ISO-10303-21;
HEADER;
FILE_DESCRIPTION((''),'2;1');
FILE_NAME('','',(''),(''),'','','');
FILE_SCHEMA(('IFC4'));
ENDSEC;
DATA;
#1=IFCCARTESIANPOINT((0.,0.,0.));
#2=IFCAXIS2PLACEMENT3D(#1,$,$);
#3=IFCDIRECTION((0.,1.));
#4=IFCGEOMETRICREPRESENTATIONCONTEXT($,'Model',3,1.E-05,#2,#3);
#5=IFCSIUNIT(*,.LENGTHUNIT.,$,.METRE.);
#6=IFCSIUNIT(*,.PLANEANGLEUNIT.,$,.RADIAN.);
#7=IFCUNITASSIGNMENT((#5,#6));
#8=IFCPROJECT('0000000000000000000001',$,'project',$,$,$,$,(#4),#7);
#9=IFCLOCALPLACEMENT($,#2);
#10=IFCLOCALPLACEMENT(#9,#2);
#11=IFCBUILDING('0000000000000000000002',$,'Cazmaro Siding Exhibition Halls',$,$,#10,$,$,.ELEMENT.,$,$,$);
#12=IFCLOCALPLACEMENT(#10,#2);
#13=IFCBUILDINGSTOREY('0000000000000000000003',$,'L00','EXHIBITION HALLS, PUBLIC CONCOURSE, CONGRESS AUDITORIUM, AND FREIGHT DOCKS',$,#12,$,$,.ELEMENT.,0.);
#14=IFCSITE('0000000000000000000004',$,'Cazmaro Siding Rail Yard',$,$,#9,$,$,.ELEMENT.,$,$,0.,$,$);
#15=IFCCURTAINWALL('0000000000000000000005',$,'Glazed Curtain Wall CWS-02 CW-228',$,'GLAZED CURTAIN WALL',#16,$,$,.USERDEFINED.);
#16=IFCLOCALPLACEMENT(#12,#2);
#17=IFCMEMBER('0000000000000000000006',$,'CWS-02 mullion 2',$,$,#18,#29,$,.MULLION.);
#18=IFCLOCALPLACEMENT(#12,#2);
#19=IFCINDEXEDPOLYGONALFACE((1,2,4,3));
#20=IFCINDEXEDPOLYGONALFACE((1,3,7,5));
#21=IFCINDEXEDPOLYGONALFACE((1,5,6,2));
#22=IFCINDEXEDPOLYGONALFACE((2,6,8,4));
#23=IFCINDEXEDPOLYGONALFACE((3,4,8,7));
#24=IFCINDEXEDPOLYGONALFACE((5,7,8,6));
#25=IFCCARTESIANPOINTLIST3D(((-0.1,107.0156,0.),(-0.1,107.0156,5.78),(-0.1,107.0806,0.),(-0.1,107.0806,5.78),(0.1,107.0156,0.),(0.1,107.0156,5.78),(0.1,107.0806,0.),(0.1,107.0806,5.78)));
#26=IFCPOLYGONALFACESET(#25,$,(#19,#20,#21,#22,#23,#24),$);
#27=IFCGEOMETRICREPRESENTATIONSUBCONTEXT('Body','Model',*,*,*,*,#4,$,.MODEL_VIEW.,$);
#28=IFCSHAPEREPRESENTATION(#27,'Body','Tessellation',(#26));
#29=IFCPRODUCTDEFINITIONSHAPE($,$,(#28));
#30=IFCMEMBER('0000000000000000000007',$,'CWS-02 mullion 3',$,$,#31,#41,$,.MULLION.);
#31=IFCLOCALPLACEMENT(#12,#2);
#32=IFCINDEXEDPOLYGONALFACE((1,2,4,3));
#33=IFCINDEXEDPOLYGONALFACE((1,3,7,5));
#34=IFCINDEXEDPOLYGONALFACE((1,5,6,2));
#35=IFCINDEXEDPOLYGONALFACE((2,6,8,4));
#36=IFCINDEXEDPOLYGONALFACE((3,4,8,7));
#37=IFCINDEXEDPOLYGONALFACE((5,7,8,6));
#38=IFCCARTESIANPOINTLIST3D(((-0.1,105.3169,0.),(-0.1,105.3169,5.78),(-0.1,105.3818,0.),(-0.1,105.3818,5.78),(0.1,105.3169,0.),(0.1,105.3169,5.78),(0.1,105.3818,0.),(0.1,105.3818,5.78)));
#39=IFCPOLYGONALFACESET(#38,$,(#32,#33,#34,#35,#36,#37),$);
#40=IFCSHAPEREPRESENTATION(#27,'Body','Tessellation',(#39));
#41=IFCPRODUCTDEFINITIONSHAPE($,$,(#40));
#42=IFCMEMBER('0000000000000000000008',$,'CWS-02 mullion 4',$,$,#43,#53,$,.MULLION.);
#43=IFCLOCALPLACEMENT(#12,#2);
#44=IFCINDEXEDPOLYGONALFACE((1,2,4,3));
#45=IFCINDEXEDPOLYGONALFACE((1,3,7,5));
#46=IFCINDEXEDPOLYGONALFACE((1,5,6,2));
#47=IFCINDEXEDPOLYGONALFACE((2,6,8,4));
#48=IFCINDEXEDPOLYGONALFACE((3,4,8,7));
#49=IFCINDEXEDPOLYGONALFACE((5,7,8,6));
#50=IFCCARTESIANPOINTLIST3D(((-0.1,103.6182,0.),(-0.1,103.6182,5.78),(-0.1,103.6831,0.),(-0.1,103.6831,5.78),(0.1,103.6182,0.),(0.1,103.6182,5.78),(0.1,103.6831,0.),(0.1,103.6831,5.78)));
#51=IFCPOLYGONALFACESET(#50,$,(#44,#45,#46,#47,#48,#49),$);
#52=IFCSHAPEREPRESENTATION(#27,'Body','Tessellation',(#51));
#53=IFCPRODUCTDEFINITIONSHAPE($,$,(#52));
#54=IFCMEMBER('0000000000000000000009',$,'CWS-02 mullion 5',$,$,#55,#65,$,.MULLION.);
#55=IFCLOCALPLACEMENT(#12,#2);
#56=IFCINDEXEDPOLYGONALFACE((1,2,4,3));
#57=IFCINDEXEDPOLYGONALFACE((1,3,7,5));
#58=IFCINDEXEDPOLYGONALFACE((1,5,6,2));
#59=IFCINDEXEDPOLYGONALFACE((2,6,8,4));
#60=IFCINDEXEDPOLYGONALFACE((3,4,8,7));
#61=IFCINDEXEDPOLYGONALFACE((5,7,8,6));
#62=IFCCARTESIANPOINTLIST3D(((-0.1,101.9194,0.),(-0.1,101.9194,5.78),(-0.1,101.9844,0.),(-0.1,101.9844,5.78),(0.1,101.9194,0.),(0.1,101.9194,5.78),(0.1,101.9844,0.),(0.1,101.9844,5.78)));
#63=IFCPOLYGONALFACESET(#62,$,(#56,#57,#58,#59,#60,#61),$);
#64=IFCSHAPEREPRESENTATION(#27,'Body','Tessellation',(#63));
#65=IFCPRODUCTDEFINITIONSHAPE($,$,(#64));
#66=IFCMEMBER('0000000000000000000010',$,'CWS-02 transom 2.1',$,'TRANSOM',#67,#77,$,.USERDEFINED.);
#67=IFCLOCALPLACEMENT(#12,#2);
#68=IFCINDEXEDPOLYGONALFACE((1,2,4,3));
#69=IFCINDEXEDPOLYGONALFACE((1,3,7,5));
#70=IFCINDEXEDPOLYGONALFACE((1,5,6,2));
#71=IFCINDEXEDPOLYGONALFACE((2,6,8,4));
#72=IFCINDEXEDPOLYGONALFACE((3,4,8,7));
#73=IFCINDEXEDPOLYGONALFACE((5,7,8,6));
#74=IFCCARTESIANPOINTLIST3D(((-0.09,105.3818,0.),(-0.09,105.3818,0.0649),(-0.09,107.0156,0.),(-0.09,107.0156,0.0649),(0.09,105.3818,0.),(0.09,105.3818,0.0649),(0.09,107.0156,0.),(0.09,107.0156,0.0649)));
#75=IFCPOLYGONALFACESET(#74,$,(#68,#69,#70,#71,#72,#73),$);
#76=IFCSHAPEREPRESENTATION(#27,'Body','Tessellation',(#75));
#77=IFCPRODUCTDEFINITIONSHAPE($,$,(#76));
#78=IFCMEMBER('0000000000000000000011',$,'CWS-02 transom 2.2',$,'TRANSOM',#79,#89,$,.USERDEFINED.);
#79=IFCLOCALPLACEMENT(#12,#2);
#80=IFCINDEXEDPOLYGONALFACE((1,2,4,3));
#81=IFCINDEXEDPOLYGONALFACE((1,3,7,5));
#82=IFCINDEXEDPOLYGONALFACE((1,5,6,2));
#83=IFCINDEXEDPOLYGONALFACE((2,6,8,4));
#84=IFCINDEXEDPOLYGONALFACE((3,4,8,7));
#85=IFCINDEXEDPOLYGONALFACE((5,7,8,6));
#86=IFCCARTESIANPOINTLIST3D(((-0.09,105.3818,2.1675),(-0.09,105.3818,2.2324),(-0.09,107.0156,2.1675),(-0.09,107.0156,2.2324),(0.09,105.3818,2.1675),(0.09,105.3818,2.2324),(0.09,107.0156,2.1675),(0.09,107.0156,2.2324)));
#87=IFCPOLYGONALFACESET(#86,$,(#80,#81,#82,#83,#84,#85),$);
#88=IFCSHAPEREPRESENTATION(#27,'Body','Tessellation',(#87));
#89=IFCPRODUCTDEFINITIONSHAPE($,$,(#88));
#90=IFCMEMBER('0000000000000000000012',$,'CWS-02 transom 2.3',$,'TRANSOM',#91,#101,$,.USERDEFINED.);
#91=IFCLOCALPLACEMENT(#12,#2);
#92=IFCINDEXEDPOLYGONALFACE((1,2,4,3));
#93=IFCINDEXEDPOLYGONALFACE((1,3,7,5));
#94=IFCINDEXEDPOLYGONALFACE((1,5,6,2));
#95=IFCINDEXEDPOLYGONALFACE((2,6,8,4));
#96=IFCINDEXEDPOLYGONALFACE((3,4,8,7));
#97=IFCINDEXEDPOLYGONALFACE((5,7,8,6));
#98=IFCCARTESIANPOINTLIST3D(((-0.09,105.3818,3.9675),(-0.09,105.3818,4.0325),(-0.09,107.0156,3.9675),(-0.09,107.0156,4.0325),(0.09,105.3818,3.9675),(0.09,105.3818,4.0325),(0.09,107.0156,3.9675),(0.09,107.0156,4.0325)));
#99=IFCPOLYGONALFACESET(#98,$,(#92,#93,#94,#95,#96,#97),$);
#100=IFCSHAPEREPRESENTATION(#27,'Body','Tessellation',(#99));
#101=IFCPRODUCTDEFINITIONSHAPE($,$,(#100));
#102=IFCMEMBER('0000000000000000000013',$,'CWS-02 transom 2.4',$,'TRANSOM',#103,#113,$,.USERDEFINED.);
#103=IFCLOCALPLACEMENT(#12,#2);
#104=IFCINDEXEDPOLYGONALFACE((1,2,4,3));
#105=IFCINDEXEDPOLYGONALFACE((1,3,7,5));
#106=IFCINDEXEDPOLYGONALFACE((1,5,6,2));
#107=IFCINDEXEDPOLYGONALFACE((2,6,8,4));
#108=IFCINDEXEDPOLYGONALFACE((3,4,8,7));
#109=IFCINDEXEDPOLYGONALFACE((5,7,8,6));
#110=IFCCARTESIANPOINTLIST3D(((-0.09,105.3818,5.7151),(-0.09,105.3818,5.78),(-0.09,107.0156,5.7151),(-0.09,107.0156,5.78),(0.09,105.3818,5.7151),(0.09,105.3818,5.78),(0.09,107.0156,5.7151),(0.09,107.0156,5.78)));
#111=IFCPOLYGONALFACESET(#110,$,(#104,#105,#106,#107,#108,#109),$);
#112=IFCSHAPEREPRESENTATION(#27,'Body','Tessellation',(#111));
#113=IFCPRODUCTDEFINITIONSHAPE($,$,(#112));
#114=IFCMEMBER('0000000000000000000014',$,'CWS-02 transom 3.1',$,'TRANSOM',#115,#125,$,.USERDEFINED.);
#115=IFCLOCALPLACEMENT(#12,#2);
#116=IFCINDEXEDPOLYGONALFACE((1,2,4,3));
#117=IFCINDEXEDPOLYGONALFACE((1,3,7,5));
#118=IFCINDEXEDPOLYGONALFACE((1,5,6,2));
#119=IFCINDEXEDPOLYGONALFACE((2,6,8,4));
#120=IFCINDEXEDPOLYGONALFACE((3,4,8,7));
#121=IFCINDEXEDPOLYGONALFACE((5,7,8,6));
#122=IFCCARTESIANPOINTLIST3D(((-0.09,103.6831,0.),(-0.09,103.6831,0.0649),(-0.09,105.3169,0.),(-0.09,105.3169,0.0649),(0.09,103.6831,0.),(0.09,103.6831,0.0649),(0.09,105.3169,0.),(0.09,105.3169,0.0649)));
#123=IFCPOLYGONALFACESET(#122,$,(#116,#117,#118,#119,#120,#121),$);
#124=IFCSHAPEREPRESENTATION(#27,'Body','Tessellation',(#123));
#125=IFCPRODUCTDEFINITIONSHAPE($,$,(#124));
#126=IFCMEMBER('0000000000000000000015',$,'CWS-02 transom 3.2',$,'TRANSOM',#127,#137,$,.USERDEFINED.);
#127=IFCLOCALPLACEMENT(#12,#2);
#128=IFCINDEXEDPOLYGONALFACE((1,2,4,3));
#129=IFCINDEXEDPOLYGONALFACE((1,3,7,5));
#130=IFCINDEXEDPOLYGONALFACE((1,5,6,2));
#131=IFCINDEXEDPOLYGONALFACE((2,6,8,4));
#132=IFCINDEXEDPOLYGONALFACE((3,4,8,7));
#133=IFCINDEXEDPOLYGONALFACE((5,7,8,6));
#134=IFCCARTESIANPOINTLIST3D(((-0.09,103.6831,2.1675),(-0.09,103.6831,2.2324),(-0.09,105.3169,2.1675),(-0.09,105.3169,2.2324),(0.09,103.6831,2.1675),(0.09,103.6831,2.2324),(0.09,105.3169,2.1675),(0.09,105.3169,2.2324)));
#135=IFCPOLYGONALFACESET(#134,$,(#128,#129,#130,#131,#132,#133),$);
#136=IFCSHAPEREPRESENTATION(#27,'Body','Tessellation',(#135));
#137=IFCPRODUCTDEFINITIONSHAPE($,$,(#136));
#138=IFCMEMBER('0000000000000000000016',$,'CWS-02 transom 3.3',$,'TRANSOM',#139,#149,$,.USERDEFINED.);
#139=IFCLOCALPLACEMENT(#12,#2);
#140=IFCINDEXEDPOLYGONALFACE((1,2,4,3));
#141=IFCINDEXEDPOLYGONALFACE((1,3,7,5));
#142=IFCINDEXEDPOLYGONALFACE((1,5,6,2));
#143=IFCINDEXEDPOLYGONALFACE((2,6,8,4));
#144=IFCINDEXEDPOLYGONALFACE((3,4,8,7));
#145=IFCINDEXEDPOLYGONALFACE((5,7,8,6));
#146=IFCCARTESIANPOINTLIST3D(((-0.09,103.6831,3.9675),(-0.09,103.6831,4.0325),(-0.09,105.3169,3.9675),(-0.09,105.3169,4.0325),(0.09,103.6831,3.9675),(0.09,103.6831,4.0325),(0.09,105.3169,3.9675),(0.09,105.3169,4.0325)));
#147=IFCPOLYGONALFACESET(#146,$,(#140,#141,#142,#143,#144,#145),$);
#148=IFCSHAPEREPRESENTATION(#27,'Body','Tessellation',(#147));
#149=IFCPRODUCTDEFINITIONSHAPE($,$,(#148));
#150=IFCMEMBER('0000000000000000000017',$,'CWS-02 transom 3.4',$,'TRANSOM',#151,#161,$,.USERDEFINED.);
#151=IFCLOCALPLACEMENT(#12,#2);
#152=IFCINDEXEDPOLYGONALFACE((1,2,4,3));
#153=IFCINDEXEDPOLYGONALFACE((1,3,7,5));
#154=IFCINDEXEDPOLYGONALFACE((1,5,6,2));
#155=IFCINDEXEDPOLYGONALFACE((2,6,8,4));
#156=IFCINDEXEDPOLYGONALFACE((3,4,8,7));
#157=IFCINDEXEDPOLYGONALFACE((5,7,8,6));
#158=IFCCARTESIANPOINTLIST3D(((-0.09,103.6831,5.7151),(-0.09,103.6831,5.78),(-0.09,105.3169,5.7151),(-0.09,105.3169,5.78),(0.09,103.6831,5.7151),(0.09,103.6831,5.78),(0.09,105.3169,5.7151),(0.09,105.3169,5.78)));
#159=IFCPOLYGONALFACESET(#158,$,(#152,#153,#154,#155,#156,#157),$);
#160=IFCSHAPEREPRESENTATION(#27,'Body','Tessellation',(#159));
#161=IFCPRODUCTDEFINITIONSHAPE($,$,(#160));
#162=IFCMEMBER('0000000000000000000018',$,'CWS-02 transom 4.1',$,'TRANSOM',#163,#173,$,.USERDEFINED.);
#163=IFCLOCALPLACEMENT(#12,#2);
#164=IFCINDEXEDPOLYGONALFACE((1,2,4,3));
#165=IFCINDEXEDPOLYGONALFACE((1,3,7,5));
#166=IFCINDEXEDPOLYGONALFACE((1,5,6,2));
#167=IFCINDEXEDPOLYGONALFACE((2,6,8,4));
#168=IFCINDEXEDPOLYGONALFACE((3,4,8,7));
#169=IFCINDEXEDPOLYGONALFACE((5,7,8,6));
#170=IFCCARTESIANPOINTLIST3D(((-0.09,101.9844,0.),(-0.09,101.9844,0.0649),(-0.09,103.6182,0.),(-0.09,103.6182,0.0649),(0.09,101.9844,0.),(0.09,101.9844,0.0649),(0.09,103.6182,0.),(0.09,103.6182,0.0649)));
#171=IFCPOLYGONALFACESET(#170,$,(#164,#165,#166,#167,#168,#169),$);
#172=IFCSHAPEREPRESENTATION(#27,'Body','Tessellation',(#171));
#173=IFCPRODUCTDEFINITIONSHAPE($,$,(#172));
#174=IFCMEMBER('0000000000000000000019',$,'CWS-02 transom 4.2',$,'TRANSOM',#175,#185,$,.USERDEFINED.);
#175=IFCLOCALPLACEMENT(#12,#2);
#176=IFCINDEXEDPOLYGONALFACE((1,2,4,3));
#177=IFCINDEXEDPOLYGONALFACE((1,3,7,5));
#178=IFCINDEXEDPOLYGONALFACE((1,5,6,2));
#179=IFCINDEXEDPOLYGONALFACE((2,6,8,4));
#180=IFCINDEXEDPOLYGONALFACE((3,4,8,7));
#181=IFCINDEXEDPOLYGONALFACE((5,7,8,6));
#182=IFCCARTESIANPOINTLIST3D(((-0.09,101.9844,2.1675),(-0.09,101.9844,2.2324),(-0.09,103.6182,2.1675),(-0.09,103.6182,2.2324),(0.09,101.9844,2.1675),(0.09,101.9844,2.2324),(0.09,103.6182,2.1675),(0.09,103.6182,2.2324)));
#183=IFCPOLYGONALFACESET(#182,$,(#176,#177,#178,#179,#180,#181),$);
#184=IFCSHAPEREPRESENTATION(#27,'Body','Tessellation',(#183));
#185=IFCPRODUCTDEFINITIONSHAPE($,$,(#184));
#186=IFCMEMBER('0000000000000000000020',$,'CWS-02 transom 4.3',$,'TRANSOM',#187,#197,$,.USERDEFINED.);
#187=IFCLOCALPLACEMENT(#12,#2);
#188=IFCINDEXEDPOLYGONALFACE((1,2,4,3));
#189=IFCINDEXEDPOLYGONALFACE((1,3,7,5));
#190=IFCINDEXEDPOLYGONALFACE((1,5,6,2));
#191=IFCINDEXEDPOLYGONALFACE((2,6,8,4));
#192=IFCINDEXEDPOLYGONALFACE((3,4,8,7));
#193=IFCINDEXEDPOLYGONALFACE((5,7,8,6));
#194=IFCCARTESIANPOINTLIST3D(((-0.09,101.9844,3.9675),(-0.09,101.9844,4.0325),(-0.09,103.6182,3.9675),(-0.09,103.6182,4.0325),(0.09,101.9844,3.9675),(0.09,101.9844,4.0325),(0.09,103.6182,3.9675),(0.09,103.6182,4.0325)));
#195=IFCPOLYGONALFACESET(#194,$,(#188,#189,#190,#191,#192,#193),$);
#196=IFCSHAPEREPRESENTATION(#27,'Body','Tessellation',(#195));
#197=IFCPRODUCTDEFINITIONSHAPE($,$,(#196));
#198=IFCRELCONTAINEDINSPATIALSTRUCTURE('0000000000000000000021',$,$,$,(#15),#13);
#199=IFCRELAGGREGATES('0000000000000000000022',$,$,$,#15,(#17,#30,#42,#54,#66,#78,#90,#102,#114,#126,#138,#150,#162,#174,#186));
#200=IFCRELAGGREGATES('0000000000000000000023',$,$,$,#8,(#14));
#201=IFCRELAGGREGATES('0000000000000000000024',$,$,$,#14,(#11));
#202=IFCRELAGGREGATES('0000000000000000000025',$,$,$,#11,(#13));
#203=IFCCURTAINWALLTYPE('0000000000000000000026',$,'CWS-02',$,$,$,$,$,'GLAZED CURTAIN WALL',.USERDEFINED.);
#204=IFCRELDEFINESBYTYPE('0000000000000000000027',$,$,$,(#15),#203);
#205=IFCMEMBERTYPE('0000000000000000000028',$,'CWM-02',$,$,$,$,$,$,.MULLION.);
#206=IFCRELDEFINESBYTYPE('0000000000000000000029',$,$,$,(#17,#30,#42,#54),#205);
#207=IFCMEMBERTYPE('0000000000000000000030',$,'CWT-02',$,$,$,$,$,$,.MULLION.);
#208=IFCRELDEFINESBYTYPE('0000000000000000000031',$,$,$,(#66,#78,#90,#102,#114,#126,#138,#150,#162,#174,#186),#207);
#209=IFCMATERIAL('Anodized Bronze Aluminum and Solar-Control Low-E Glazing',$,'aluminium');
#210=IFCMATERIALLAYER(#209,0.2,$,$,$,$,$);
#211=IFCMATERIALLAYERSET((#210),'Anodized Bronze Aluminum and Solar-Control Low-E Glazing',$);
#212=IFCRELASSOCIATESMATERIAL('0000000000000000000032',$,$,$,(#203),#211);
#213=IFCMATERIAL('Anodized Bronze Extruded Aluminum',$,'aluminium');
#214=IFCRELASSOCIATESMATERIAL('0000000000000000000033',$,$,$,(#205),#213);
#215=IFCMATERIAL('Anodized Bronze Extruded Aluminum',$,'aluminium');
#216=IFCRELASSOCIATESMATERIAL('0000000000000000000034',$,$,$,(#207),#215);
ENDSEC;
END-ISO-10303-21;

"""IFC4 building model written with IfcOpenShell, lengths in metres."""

from ifc_helpers import new_model, si_unit, direction, frame, origin, origin_2d, place, context, subcontext, project, spatial, rectangle, extrude, material, layer, layer_set, material_profile, profile_set, type_object, element, aggregate, save


model = new_model("IFC4")

# Units and contexts
model_context = context("Model", 3, precision=1e-05, world=origin(), true_north=direction((0.0, 1.0)))
body_context = subcontext(model_context, "Body", "Model", "MODEL_VIEW")
ifc_project = project(units=[si_unit("LENGTHUNIT", "METRE"), si_unit("PLANEANGLEUNIT", "RADIAN")], contexts=[model_context])

# Site, building, storey
site_placement = place(None, origin())
site = spatial("IfcSite", under=ifc_project, at=site_placement, Name="Cazmaro Siding Rail Yard", CompositionType="ELEMENT", RefElevation=0.0)
building_placement = place(site_placement, origin())
building = spatial("IfcBuilding", under=site, at=building_placement, Name="Cazmaro Siding Exhibition Halls", CompositionType="ELEMENT")
storey_placement = place(building_placement, origin())
storey = spatial("IfcBuildingStorey", under=building, at=storey_placement, Name="L00", Description="EXHIBITION HALLS, PUBLIC CONCOURSE, CONGRESS AUDITORIUM, AND FREIGHT DOCKS", CompositionType="ELEMENT", Elevation=0.0)

# Curtain wall, members
ifc_material_1 = material(Name="Anodized Bronze Aluminum and Solar-Control Low-E Glazing", Category="aluminium")
ifc_layer_1 = layer(ifc_material_1, 0.2)
ifc_layer_set_1 = layer_set([ifc_layer_1], Name="Anodized Bronze Aluminum and Solar-Control Low-E Glazing")
curtain_wall_type = type_object("IfcCurtainWallType", Name="CWS-02", ElementType="GLAZED CURTAIN WALL", PredefinedType="USERDEFINED", material=ifc_layer_set_1)
curtain_wall_placement = place(storey_placement, origin())
curtain_wall = element("IfcCurtainWall", 1, at=curtain_wall_placement, inside=storey, type_object=curtain_wall_type, Name="Glazed Curtain Wall CWS-02 CW-228", ObjectType="GLAZED CURTAIN WALL", PredefinedType="USERDEFINED")
ifc_material_2 = material(Name="Anodized Bronze Extruded Aluminum", Category="aluminium")
ifc_material_profile_1 = material_profile(ifc_material_2, rectangle(XDim=0.2, YDim=0.0649, at=origin_2d()), Name="CWM-02")
ifc_profile_set_1 = profile_set([ifc_material_profile_1], Name="Anodized Bronze Extruded Aluminum")
member_type_1 = type_object("IfcMemberType", Name="CWM-02", PredefinedType="MULLION", material=ifc_profile_set_1)
member_1_placement = place(storey_placement, frame((0.0, 107.0481, 0.0), z_axis=(0.0, 0.0, 1.0), x_axis=(1.0, 0.0, 0.0)))
member_1 = element("IfcMember", 2, at=member_1_placement, type_object=member_type_1, Name="CWS-02 mullion 2", PredefinedType="MULLION", context=body_context, shape_type="SweptSolid", body=[
    extrude(rectangle(XDim=0.2, YDim=0.0649, at=origin_2d()), origin(), (0.0, 0.0, 1.0), 5.78),
])
member_2_placement = place(storey_placement, frame((0.0, 105.3494, 0.0), z_axis=(0.0, 0.0, 1.0), x_axis=(1.0, 0.0, 0.0)))
member_2 = element("IfcMember", 3, at=member_2_placement, type_object=member_type_1, Name="CWS-02 mullion 3", PredefinedType="MULLION", context=body_context, shape_type="SweptSolid", body=[
    extrude(rectangle(XDim=0.2, YDim=0.0649, at=origin_2d()), origin(), (0.0, 0.0, 1.0), 5.78),
])
member_3_placement = place(storey_placement, frame((0.0, 103.6506, 0.0), z_axis=(0.0, 0.0, 1.0), x_axis=(1.0, 0.0, 0.0)))
member_3 = element("IfcMember", 4, at=member_3_placement, type_object=member_type_1, Name="CWS-02 mullion 4", PredefinedType="MULLION", context=body_context, shape_type="SweptSolid", body=[
    extrude(rectangle(XDim=0.2, YDim=0.0649, at=origin_2d()), origin(), (0.0, 0.0, 1.0), 5.78),
])
member_4_placement = place(storey_placement, frame((0.0, 101.9519, 0.0), z_axis=(0.0, 0.0, 1.0), x_axis=(1.0, 0.0, 0.0)))
member_4 = element("IfcMember", 5, at=member_4_placement, type_object=member_type_1, Name="CWS-02 mullion 5", PredefinedType="MULLION", context=body_context, shape_type="SweptSolid", body=[
    extrude(rectangle(XDim=0.2, YDim=0.0649, at=origin_2d()), origin(), (0.0, 0.0, 1.0), 5.78),
])
ifc_material_3 = material(Name="Anodized Bronze Extruded Aluminum", Category="aluminium")
ifc_material_profile_2 = material_profile(ifc_material_3, rectangle(XDim=0.1799, YDim=0.0649, at=origin_2d()), Name="CWT-02")
ifc_profile_set_2 = profile_set([ifc_material_profile_2], Name="Anodized Bronze Extruded Aluminum")
member_type_2 = type_object("IfcMemberType", Name="CWT-02", PredefinedType="MULLION", material=ifc_profile_set_2)
member_5_placement = place(storey_placement, frame((0.0, 107.0156, 0.0325), z_axis=(0.0, -1.0, 0.0), x_axis=(1.0, 0.0, 0.0)))
member_5 = element("IfcMember", 6, at=member_5_placement, type_object=member_type_2, Name="CWS-02 transom 2.1", ObjectType="TRANSOM", PredefinedType="USERDEFINED", context=body_context, shape_type="SweptSolid", body=[
    extrude(rectangle(XDim=0.1799, YDim=0.0649, at=origin_2d()), origin(), (0.0, 0.0, 1.0), 1.6338),
])
member_6_placement = place(storey_placement, frame((0.0, 107.0156, 2.2), z_axis=(0.0, -1.0, 0.0), x_axis=(1.0, 0.0, 0.0)))
member_6 = element("IfcMember", 7, at=member_6_placement, type_object=member_type_2, Name="CWS-02 transom 2.2", ObjectType="TRANSOM", PredefinedType="USERDEFINED", context=body_context, shape_type="SweptSolid", body=[
    extrude(rectangle(XDim=0.1799, YDim=0.0649, at=origin_2d()), origin(), (0.0, 0.0, 1.0), 1.6338),
])
member_7_placement = place(storey_placement, frame((0.0, 107.0156, 4.0), z_axis=(0.0, -1.0, 0.0), x_axis=(1.0, 0.0, 0.0)))
member_7 = element("IfcMember", 8, at=member_7_placement, type_object=member_type_2, Name="CWS-02 transom 2.3", ObjectType="TRANSOM", PredefinedType="USERDEFINED", context=body_context, shape_type="SweptSolid", body=[
    extrude(rectangle(XDim=0.1799, YDim=0.0649, at=origin_2d()), origin(), (0.0, 0.0, 1.0), 1.6338),
])
member_8_placement = place(storey_placement, frame((0.0, 107.0156, 5.7476), z_axis=(0.0, -1.0, 0.0), x_axis=(1.0, 0.0, 0.0)))
member_8 = element("IfcMember", 9, at=member_8_placement, type_object=member_type_2, Name="CWS-02 transom 2.4", ObjectType="TRANSOM", PredefinedType="USERDEFINED", context=body_context, shape_type="SweptSolid", body=[
    extrude(rectangle(XDim=0.1799, YDim=0.0649, at=origin_2d()), origin(), (0.0, 0.0, 1.0), 1.6338),
])
member_9_placement = place(storey_placement, frame((0.0, 105.3169, 0.0325), z_axis=(0.0, -1.0, 0.0), x_axis=(1.0, 0.0, 0.0)))
member_9 = element("IfcMember", 10, at=member_9_placement, type_object=member_type_2, Name="CWS-02 transom 3.1", ObjectType="TRANSOM", PredefinedType="USERDEFINED", context=body_context, shape_type="SweptSolid", body=[
    extrude(rectangle(XDim=0.1799, YDim=0.0649, at=origin_2d()), origin(), (0.0, 0.0, 1.0), 1.6338),
])
member_10_placement = place(storey_placement, frame((0.0, 105.3169, 2.2), z_axis=(0.0, -1.0, 0.0), x_axis=(1.0, 0.0, 0.0)))
member_10 = element("IfcMember", 11, at=member_10_placement, type_object=member_type_2, Name="CWS-02 transom 3.2", ObjectType="TRANSOM", PredefinedType="USERDEFINED", context=body_context, shape_type="SweptSolid", body=[
    extrude(rectangle(XDim=0.1799, YDim=0.0649, at=origin_2d()), origin(), (0.0, 0.0, 1.0), 1.6338),
])
member_11_placement = place(storey_placement, frame((0.0, 105.3169, 4.0), z_axis=(0.0, -1.0, 0.0), x_axis=(1.0, 0.0, 0.0)))
member_11 = element("IfcMember", 12, at=member_11_placement, type_object=member_type_2, Name="CWS-02 transom 3.3", ObjectType="TRANSOM", PredefinedType="USERDEFINED", context=body_context, shape_type="SweptSolid", body=[
    extrude(rectangle(XDim=0.1799, YDim=0.0649, at=origin_2d()), origin(), (0.0, 0.0, 1.0), 1.6338),
])
member_12_placement = place(storey_placement, frame((0.0, 105.3169, 5.7476), z_axis=(0.0, -1.0, 0.0), x_axis=(1.0, 0.0, 0.0)))
member_12 = element("IfcMember", 13, at=member_12_placement, type_object=member_type_2, Name="CWS-02 transom 3.4", ObjectType="TRANSOM", PredefinedType="USERDEFINED", context=body_context, shape_type="SweptSolid", body=[
    extrude(rectangle(XDim=0.1799, YDim=0.0649, at=origin_2d()), origin(), (0.0, 0.0, 1.0), 1.6338),
])
member_13_placement = place(storey_placement, frame((0.0, 103.6182, 0.0325), z_axis=(0.0, -1.0, 0.0), x_axis=(1.0, 0.0, 0.0)))
member_13 = element("IfcMember", 14, at=member_13_placement, type_object=member_type_2, Name="CWS-02 transom 4.1", ObjectType="TRANSOM", PredefinedType="USERDEFINED", context=body_context, shape_type="SweptSolid", body=[
    extrude(rectangle(XDim=0.1799, YDim=0.0649, at=origin_2d()), origin(), (0.0, 0.0, 1.0), 1.6338),
])
member_14_placement = place(storey_placement, frame((0.0, 103.6182, 2.2), z_axis=(0.0, -1.0, 0.0), x_axis=(1.0, 0.0, 0.0)))
member_14 = element("IfcMember", 15, at=member_14_placement, type_object=member_type_2, Name="CWS-02 transom 4.2", ObjectType="TRANSOM", PredefinedType="USERDEFINED", context=body_context, shape_type="SweptSolid", body=[
    extrude(rectangle(XDim=0.1799, YDim=0.0649, at=origin_2d()), origin(), (0.0, 0.0, 1.0), 1.6338),
])
member_15_placement = place(storey_placement, frame((0.0, 103.6182, 4.0), z_axis=(0.0, -1.0, 0.0), x_axis=(1.0, 0.0, 0.0)))
member_15 = element("IfcMember", 16, at=member_15_placement, type_object=member_type_2, Name="CWS-02 transom 4.3", ObjectType="TRANSOM", PredefinedType="USERDEFINED", context=body_context, shape_type="SweptSolid", body=[
    extrude(rectangle(XDim=0.1799, YDim=0.0649, at=origin_2d()), origin(), (0.0, 0.0, 1.0), 1.6338),
])
aggregate(curtain_wall, [member_1, member_2, member_3, member_4, member_5, member_6, member_7, member_8, member_9, member_10, member_11, member_12, member_13, member_14, member_15])

save(model, "model.ifc")
